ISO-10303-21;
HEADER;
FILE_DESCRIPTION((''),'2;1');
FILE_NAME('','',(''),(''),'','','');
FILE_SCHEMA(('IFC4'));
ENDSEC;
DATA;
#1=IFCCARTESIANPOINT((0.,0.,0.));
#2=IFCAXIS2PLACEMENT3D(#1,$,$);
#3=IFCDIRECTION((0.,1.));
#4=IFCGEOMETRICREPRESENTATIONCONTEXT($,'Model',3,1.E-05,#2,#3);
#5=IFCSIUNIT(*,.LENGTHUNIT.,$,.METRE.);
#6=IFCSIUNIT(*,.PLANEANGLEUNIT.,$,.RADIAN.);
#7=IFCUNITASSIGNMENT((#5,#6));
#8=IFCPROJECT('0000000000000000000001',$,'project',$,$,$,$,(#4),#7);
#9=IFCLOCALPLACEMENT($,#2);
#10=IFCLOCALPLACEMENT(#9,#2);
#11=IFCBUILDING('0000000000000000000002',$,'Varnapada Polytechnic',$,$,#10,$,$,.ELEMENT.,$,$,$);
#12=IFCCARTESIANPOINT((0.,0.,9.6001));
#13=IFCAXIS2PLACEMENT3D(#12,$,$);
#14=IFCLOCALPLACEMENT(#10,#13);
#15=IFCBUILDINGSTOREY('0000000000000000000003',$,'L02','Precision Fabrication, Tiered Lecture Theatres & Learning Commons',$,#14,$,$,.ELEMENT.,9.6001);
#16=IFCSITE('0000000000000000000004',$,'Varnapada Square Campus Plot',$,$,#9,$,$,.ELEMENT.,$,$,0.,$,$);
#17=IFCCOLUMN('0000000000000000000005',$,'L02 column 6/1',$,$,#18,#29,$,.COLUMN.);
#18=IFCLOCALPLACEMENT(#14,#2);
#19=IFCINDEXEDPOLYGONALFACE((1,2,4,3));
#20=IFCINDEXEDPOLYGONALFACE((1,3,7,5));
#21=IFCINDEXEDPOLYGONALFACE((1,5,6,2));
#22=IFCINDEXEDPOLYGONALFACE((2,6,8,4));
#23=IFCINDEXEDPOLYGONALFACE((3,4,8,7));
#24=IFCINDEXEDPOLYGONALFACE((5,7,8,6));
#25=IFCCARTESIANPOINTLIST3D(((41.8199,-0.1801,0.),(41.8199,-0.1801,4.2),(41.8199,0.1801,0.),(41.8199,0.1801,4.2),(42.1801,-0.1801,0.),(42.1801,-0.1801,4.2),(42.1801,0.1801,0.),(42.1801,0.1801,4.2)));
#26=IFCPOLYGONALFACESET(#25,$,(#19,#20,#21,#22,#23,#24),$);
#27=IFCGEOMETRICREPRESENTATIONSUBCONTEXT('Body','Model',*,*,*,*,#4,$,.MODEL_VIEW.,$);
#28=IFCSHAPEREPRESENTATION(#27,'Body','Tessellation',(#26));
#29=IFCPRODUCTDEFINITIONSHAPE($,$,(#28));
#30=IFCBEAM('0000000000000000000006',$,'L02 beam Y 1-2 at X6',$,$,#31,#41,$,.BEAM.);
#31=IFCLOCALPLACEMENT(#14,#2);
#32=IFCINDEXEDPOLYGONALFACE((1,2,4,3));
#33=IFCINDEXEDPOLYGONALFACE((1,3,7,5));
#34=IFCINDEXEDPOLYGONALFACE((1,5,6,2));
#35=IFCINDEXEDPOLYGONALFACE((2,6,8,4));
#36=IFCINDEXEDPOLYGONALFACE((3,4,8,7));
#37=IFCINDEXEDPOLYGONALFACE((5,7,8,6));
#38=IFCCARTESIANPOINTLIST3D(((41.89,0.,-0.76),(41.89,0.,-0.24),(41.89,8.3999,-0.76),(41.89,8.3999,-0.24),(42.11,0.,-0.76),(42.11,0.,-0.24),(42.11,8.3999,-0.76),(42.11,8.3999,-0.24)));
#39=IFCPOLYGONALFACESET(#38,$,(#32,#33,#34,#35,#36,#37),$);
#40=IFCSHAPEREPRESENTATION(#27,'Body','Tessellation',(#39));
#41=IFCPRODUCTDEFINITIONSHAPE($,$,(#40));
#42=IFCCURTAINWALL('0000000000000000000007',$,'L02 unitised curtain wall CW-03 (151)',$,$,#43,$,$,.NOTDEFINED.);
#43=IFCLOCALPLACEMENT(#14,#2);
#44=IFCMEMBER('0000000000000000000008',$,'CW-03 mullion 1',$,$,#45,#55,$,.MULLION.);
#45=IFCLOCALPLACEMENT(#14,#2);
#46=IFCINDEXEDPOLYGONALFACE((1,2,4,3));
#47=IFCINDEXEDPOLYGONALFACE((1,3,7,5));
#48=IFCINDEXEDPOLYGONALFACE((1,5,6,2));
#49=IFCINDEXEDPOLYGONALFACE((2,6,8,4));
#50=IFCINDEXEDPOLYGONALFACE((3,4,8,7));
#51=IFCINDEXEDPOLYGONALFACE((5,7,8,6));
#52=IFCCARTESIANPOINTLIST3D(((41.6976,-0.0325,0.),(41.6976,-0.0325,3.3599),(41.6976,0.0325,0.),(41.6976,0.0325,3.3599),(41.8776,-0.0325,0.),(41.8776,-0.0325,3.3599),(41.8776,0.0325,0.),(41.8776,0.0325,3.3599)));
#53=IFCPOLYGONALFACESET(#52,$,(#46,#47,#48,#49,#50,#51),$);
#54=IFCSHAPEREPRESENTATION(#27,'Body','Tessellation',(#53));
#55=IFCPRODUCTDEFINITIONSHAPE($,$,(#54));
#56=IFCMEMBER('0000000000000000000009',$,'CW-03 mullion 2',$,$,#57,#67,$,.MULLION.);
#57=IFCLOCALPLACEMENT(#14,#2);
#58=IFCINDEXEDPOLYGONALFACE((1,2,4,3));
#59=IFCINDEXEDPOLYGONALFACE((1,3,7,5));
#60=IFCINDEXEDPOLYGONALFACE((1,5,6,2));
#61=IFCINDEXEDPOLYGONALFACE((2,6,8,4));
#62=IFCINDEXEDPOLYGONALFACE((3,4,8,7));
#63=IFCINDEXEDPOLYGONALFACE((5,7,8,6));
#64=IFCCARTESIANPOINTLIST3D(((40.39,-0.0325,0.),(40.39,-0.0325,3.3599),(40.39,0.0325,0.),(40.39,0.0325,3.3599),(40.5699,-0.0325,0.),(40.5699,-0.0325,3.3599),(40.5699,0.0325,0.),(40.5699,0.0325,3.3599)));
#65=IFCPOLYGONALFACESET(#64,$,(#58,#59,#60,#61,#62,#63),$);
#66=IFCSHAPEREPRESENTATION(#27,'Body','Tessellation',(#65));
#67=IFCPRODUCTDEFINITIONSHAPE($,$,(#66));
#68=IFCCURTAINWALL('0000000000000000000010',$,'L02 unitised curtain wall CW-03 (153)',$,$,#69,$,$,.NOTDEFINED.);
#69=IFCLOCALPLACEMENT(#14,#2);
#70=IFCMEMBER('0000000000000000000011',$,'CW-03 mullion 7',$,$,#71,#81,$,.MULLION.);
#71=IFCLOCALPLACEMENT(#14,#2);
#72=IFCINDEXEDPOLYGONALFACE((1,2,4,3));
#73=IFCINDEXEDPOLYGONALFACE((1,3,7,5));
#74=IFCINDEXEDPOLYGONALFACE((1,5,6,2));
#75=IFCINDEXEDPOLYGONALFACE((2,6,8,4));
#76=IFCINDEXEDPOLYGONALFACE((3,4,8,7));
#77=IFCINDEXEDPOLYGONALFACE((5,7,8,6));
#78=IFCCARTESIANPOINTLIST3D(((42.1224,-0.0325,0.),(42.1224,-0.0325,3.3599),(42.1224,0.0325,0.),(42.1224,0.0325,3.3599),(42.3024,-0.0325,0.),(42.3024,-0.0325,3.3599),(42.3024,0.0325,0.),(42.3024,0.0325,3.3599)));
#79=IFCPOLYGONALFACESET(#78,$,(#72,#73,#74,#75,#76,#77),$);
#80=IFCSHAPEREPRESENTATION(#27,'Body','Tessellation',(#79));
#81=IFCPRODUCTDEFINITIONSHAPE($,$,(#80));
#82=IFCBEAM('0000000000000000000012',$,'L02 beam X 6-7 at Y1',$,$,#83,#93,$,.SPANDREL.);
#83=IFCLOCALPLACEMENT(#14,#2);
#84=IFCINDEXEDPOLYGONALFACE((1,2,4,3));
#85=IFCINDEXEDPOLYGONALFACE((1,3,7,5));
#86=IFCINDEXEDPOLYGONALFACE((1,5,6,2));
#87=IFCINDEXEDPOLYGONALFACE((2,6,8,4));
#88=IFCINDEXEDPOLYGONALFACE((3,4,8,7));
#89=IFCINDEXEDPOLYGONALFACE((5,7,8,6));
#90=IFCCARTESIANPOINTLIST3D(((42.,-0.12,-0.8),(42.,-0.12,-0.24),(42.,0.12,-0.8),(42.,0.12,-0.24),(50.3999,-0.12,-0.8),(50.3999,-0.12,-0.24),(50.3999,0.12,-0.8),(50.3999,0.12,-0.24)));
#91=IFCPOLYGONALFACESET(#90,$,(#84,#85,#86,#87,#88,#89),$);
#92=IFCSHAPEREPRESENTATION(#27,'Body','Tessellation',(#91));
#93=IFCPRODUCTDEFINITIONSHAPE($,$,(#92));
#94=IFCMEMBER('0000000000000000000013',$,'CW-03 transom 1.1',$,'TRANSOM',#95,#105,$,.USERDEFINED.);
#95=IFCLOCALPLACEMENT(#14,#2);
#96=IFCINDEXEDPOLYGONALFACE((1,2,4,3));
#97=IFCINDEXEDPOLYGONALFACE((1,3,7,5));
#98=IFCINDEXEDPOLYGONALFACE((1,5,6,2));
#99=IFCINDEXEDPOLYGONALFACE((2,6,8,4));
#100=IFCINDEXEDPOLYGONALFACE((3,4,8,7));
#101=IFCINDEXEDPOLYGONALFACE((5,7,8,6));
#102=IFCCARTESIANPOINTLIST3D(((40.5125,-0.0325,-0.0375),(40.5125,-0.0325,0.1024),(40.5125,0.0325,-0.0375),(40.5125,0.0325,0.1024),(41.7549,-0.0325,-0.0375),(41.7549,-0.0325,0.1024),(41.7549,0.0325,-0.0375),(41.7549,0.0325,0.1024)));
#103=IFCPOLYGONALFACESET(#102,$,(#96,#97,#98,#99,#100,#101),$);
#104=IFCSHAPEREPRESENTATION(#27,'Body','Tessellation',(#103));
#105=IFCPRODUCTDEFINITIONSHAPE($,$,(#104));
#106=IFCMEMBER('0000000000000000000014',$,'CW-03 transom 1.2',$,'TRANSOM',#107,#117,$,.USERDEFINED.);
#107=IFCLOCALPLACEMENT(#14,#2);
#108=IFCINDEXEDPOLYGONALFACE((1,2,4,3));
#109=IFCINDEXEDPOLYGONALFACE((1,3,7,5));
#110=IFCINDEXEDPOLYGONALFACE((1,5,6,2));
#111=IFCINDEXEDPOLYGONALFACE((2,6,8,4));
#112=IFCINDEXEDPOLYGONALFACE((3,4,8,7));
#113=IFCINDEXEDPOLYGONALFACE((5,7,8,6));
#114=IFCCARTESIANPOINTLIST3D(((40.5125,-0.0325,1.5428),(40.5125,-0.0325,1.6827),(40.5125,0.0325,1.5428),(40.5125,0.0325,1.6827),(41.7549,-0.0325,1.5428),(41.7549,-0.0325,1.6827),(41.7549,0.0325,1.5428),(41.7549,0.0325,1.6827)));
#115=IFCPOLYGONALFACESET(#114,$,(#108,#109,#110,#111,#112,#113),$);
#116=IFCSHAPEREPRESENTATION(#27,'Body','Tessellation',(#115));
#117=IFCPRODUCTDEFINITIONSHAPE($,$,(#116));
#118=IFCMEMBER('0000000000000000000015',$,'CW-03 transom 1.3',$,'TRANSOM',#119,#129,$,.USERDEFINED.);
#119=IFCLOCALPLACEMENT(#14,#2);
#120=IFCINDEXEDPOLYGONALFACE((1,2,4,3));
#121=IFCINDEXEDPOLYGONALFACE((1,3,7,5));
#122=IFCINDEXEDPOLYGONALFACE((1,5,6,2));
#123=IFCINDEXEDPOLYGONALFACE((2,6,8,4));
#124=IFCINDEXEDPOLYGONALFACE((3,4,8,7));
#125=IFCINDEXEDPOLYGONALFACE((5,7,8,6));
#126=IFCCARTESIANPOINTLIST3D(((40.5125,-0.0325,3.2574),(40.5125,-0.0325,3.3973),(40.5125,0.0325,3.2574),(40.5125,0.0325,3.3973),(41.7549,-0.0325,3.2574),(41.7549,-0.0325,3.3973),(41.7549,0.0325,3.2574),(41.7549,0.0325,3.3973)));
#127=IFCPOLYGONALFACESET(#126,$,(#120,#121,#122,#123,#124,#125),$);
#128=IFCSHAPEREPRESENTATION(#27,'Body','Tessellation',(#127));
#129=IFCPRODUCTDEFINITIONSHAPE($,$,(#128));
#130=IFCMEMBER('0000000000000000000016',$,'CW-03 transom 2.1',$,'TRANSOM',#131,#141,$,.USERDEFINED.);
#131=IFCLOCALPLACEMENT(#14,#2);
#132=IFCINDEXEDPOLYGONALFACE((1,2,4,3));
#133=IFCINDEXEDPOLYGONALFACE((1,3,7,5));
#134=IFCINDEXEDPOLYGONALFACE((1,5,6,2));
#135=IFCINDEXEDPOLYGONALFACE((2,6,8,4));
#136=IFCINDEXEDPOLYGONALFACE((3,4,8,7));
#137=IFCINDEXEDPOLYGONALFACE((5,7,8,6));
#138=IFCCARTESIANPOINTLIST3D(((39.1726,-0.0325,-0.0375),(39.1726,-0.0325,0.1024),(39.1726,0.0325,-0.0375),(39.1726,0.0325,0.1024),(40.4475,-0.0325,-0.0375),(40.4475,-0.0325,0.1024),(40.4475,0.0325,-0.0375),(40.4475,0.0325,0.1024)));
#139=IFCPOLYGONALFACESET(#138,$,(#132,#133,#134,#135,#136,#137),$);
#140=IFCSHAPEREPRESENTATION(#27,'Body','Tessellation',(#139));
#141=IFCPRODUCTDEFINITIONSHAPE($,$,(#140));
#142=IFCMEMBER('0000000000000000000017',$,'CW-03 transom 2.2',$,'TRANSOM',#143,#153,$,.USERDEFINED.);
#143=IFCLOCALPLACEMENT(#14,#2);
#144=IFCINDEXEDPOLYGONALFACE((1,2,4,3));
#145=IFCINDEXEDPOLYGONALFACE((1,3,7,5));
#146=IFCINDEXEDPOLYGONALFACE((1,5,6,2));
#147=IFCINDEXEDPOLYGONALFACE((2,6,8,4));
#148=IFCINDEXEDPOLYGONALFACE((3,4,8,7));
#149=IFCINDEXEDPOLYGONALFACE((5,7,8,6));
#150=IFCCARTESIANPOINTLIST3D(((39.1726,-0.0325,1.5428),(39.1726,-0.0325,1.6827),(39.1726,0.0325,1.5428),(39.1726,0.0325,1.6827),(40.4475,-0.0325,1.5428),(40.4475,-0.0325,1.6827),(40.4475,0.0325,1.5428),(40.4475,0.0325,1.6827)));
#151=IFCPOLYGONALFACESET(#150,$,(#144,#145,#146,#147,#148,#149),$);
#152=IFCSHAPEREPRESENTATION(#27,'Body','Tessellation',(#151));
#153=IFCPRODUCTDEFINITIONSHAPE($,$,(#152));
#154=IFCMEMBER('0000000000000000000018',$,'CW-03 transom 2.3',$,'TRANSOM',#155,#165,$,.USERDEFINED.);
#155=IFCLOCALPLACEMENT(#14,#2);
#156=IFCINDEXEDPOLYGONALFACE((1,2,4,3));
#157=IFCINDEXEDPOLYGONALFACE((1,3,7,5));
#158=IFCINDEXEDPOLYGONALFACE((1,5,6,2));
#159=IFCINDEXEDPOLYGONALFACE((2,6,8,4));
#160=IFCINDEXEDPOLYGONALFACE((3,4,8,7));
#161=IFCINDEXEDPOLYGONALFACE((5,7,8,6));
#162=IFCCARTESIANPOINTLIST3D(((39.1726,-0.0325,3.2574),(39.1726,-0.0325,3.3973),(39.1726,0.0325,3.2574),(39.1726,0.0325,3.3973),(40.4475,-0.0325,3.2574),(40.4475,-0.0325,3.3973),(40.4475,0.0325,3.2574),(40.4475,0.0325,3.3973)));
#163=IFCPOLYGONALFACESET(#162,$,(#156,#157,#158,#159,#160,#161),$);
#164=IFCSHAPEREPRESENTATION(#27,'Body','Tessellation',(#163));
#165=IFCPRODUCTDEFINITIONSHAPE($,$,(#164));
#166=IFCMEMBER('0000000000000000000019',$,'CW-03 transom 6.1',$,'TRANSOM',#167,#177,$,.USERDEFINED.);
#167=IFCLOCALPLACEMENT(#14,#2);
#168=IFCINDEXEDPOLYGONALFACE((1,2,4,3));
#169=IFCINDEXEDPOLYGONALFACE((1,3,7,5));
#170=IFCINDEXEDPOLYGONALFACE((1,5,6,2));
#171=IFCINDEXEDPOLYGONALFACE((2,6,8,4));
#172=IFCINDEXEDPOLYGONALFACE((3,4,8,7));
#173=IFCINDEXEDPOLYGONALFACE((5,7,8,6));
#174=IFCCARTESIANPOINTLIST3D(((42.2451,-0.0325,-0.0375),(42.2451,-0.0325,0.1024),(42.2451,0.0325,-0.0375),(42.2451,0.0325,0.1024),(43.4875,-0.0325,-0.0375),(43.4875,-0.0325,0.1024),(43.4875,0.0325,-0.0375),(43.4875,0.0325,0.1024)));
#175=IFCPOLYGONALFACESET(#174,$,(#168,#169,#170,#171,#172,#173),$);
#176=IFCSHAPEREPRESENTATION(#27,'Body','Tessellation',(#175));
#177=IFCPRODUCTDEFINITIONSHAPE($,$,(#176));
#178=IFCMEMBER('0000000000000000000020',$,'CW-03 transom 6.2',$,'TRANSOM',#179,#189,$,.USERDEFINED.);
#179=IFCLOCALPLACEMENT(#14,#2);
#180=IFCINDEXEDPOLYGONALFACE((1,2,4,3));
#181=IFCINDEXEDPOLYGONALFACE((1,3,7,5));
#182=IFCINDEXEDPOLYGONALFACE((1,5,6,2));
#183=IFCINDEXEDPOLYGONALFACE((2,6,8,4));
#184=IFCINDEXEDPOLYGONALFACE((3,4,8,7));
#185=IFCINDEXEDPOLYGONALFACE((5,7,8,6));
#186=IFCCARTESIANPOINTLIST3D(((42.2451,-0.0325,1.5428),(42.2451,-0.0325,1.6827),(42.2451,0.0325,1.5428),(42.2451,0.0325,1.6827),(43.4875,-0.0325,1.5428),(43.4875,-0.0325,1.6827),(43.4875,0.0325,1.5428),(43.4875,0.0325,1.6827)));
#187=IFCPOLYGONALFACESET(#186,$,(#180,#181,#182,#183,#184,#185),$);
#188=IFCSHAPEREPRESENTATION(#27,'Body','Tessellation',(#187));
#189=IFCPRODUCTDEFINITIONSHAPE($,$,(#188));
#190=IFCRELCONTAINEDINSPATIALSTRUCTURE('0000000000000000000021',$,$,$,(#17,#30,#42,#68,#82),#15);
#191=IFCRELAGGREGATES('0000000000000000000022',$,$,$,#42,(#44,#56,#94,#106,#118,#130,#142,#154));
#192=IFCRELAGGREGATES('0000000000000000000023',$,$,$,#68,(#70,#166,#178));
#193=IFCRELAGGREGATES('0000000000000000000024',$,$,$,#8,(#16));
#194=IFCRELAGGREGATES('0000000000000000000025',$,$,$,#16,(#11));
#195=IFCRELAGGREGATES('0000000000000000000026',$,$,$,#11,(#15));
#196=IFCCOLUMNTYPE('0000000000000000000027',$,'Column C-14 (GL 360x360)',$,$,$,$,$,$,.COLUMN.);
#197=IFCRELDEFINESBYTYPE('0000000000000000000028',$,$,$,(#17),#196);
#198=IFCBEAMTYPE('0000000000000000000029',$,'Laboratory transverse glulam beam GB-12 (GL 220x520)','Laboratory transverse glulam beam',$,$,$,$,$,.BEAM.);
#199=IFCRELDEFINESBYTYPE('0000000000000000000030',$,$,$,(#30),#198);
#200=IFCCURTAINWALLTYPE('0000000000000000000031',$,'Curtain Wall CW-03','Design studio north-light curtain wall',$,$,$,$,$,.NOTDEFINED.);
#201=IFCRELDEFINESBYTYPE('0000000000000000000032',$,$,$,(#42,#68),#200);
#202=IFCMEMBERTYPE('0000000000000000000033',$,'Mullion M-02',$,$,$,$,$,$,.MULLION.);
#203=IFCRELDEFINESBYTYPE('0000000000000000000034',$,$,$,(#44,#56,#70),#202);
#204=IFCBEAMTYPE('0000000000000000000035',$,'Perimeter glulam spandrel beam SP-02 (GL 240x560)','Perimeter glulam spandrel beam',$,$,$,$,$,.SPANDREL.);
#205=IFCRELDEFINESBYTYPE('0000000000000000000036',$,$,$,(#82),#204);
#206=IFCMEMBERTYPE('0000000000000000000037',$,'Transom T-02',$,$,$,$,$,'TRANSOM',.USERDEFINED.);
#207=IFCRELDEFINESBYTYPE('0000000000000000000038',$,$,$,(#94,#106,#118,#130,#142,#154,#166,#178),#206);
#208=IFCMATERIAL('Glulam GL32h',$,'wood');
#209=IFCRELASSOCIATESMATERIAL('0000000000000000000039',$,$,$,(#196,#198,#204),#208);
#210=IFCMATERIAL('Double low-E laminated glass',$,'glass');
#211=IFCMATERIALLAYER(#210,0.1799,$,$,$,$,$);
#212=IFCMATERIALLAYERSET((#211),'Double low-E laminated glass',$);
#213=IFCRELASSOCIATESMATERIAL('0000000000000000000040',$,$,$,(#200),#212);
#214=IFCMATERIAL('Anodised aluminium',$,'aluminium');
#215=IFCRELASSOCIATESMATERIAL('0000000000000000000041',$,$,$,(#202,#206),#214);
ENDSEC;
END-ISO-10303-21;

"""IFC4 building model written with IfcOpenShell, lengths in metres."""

from ifc_helpers import new_model, si_unit, direction, frame, origin, origin_2d, place, context, subcontext, project, spatial, rectangle, extrude, material, layer, layer_set, material_profile, profile_set, type_object, element, aggregate, save


model = new_model("IFC4")

# Units and contexts
model_context = context("Model", 3, precision=1e-05, world=origin(), true_north=direction((0.0, 1.0)))
body_context = subcontext(model_context, "Body", "Model", "MODEL_VIEW")
ifc_project = project(units=[si_unit("LENGTHUNIT", "METRE"), si_unit("PLANEANGLEUNIT", "RADIAN")], contexts=[model_context])

# Site, building, storey
site_placement = place(None, origin())
site = spatial("IfcSite", under=ifc_project, at=site_placement, Name="Varnapada Square Campus Plot", CompositionType="ELEMENT", RefElevation=0.0)
building_placement = place(site_placement, origin())
building = spatial("IfcBuilding", under=site, at=building_placement, Name="Varnapada Polytechnic", CompositionType="ELEMENT")
storey_placement = place(building_placement, frame((0.0, 0.0, 9.6001)))
storey = spatial("IfcBuildingStorey", under=building, at=storey_placement, Name="L02", Description="Precision Fabrication, Tiered Lecture Theatres & Learning Commons", CompositionType="ELEMENT", Elevation=9.6001)

# Column
ifc_material_1 = material(Name="Glulam GL32h", Category="wood")
ifc_material_profile_1 = material_profile(ifc_material_1, rectangle(XDim=0.3601, YDim=0.3601, at=origin_2d()), Name="GL 360x360")
ifc_profile_set_1 = profile_set([ifc_material_profile_1], Name="Glulam GL32h")
column_type = type_object("IfcColumnType", Name="Column C-14 (GL 360x360)", PredefinedType="COLUMN", material=ifc_profile_set_1)
column_placement = place(storey_placement, frame((42.0, 0.0, 0.0), z_axis=(0.0, 0.0, 1.0), x_axis=(1.0, 0.0, 0.0)))
element("IfcColumn", 1, at=column_placement, inside=storey, type_object=column_type, Name="L02 column 6/1", PredefinedType="COLUMN", context=body_context, shape_type="SweptSolid", body=[
    extrude(rectangle(XDim=0.3601, YDim=0.3601, at=origin_2d()), origin(), (0.0, 0.0, 1.0), 4.2),
])

# Beam
ifc_material_profile_2 = material_profile(ifc_material_1, rectangle(XDim=0.22, YDim=0.52, at=origin_2d()), Name="GL 220x520")
ifc_profile_set_2 = profile_set([ifc_material_profile_2], Name="Glulam GL32h")
beam_type_1 = type_object("IfcBeamType", Name="Laboratory transverse glulam beam GB-12 (GL 220x520)", Description="Laboratory transverse glulam beam", PredefinedType="BEAM", material=ifc_profile_set_2)
beam_1_placement = place(storey_placement, frame((42.0, 0.0, -0.5), z_axis=(0.0, 1.0, 0.0), x_axis=(-1.0, 0.0, 0.0)))
element("IfcBeam", 2, at=beam_1_placement, inside=storey, type_object=beam_type_1, Name="L02 beam Y 1-2 at X6", PredefinedType="BEAM", context=body_context, shape_type="SweptSolid", body=[
    extrude(rectangle(XDim=0.22, YDim=0.52, at=origin_2d()), origin(), (0.0, 0.0, 1.0), 8.3999),
])

# Curtain wall, members
ifc_material_2 = material(Name="Double low-E laminated glass", Category="glass")
ifc_layer_1 = layer(ifc_material_2, 0.1799)
ifc_layer_set_1 = layer_set([ifc_layer_1], Name="Double low-E laminated glass")
curtain_wall_type = type_object("IfcCurtainWallType", Name="Curtain Wall CW-03", Description="Design studio north-light curtain wall", PredefinedType="NOTDEFINED", material=ifc_layer_set_1)
curtain_wall_1_placement = place(storey_placement, origin())
curtain_wall_1 = element("IfcCurtainWall", 3, at=curtain_wall_1_placement, inside=storey, type_object=curtain_wall_type, Name="L02 unitised curtain wall CW-03 (151)", PredefinedType="NOTDEFINED")
ifc_material_3 = material(Name="Anodised aluminium", Category="aluminium")
ifc_material_profile_3 = material_profile(ifc_material_3, rectangle(XDim=0.0649, YDim=0.1799, at=origin_2d()), Name="ALU M65x180")
ifc_profile_set_3 = profile_set([ifc_material_profile_3], Name="Anodised aluminium")
member_type_1 = type_object("IfcMemberType", Name="Mullion M-02", PredefinedType="MULLION", material=ifc_profile_set_3)
member_1_placement = place(storey_placement, frame((41.7876, 0.0, 0.0), z_axis=(0.0, 0.0, 1.0), x_axis=(0.0, -1.0, 0.0)))
member_1 = element("IfcMember", 4, at=member_1_placement, type_object=member_type_1, Name="CW-03 mullion 1", PredefinedType="MULLION", context=body_context, shape_type="SweptSolid", body=[
    extrude(rectangle(XDim=0.0649, YDim=0.1799, at=origin_2d()), origin(), (0.0, 0.0, 1.0), 3.3599),
])
member_2_placement = place(storey_placement, frame((40.48, 0.0, 0.0), z_axis=(0.0, 0.0, 1.0), x_axis=(0.0, -1.0, 0.0)))
member_2 = element("IfcMember", 5, at=member_2_placement, type_object=member_type_1, Name="CW-03 mullion 2", PredefinedType="MULLION", context=body_context, shape_type="SweptSolid", body=[
    extrude(rectangle(XDim=0.0649, YDim=0.1799, at=origin_2d()), origin(), (0.0, 0.0, 1.0), 3.3599),
])

# Curtain wall, member
curtain_wall_2_placement = place(storey_placement, origin())
curtain_wall_2 = element("IfcCurtainWall", 6, at=curtain_wall_2_placement, inside=storey, type_object=curtain_wall_type, Name="L02 unitised curtain wall CW-03 (153)", PredefinedType="NOTDEFINED")
member_3_placement = place(storey_placement, frame((42.2124, 0.0, 0.0), z_axis=(0.0, 0.0, 1.0), x_axis=(0.0, -1.0, 0.0)))
member_3 = element("IfcMember", 7, at=member_3_placement, type_object=member_type_1, Name="CW-03 mullion 7", PredefinedType="MULLION", context=body_context, shape_type="SweptSolid", body=[
    extrude(rectangle(XDim=0.0649, YDim=0.1799, at=origin_2d()), origin(), (0.0, 0.0, 1.0), 3.3599),
])

# Beam
ifc_material_profile_4 = material_profile(ifc_material_1, rectangle(XDim=0.24, YDim=0.5601, at=origin_2d()), Name="GL 240x560")
ifc_profile_set_4 = profile_set([ifc_material_profile_4], Name="Glulam GL32h")
beam_type_2 = type_object("IfcBeamType", Name="Perimeter glulam spandrel beam SP-02 (GL 240x560)", Description="Perimeter glulam spandrel beam", PredefinedType="SPANDREL", material=ifc_profile_set_4)
beam_2_placement = place(storey_placement, frame((42.0, 0.0, -0.52), z_axis=(1.0, 0.0, 0.0), x_axis=(0.0, 1.0, 0.0)))
element("IfcBeam", 8, at=beam_2_placement, inside=storey, type_object=beam_type_2, Name="L02 beam X 6-7 at Y1", PredefinedType="SPANDREL", context=body_context, shape_type="SweptSolid", body=[
    extrude(rectangle(XDim=0.24, YDim=0.5601, at=origin_2d()), origin(), (0.0, 0.0, 1.0), 8.3999),
])

# Members
ifc_material_profile_5 = material_profile(ifc_material_3, rectangle(XDim=0.0649, YDim=0.1399, at=origin_2d()), Name="ALU T65x140")
ifc_profile_set_5 = profile_set([ifc_material_profile_5], Name="Anodised aluminium")
member_type_2 = type_object("IfcMemberType", Name="Transom T-02", ElementType="TRANSOM", PredefinedType="USERDEFINED", material=ifc_profile_set_5)
member_4_placement = place(storey_placement, frame((41.7549, 0.0, 0.0325), z_axis=(-1.0, 0.0, 0.0), x_axis=(0.0, -1.0, 0.0)))
member_4 = element("IfcMember", 9, at=member_4_placement, type_object=member_type_2, Name="CW-03 transom 1.1", ObjectType="TRANSOM", PredefinedType="USERDEFINED", context=body_context, shape_type="SweptSolid", body=[
    extrude(rectangle(XDim=0.0649, YDim=0.1399, at=origin_2d()), origin(), (0.0, 0.0, 1.0), 1.2424),
])
member_5_placement = place(storey_placement, frame((41.7549, 0.0, 1.6128), z_axis=(-1.0, 0.0, 0.0), x_axis=(0.0, -1.0, 0.0)))
member_5 = element("IfcMember", 10, at=member_5_placement, type_object=member_type_2, Name="CW-03 transom 1.2", ObjectType="TRANSOM", PredefinedType="USERDEFINED", context=body_context, shape_type="SweptSolid", body=[
    extrude(rectangle(XDim=0.0649, YDim=0.1399, at=origin_2d()), origin(), (0.0, 0.0, 1.0), 1.2424),
])
member_6_placement = place(storey_placement, frame((41.7549, 0.0, 3.3274), z_axis=(-1.0, 0.0, 0.0), x_axis=(0.0, -1.0, 0.0)))
member_6 = element("IfcMember", 11, at=member_6_placement, type_object=member_type_2, Name="CW-03 transom 1.3", ObjectType="TRANSOM", PredefinedType="USERDEFINED", context=body_context, shape_type="SweptSolid", body=[
    extrude(rectangle(XDim=0.0649, YDim=0.1399, at=origin_2d()), origin(), (0.0, 0.0, 1.0), 1.2424),
])
member_7_placement = place(storey_placement, frame((40.4475, 0.0, 0.0325), z_axis=(-1.0, 0.0, 0.0), x_axis=(0.0, -1.0, 0.0)))
member_7 = element("IfcMember", 12, at=member_7_placement, type_object=member_type_2, Name="CW-03 transom 2.1", ObjectType="TRANSOM", PredefinedType="USERDEFINED", context=body_context, shape_type="SweptSolid", body=[
    extrude(rectangle(XDim=0.0649, YDim=0.1399, at=origin_2d()), origin(), (0.0, 0.0, 1.0), 1.2749),
])
member_8_placement = place(storey_placement, frame((40.4475, 0.0, 1.6128), z_axis=(-1.0, 0.0, 0.0), x_axis=(0.0, -1.0, 0.0)))
member_8 = element("IfcMember", 13, at=member_8_placement, type_object=member_type_2, Name="CW-03 transom 2.2", ObjectType="TRANSOM", PredefinedType="USERDEFINED", context=body_context, shape_type="SweptSolid", body=[
    extrude(rectangle(XDim=0.0649, YDim=0.1399, at=origin_2d()), origin(), (0.0, 0.0, 1.0), 1.2749),
])
member_9_placement = place(storey_placement, frame((40.4475, 0.0, 3.3274), z_axis=(-1.0, 0.0, 0.0), x_axis=(0.0, -1.0, 0.0)))
member_9 = element("IfcMember", 14, at=member_9_placement, type_object=member_type_2, Name="CW-03 transom 2.3", ObjectType="TRANSOM", PredefinedType="USERDEFINED", context=body_context, shape_type="SweptSolid", body=[
    extrude(rectangle(XDim=0.0649, YDim=0.1399, at=origin_2d()), origin(), (0.0, 0.0, 1.0), 1.2749),
])
member_10_placement = place(storey_placement, frame((43.4875, 0.0, 0.0325), z_axis=(-1.0, 0.0, 0.0), x_axis=(0.0, -1.0, 0.0)))
member_10 = element("IfcMember", 15, at=member_10_placement, type_object=member_type_2, Name="CW-03 transom 6.1", ObjectType="TRANSOM", PredefinedType="USERDEFINED", context=body_context, shape_type="SweptSolid", body=[
    extrude(rectangle(XDim=0.0649, YDim=0.1399, at=origin_2d()), origin(), (0.0, 0.0, 1.0), 1.2424),
])
member_11_placement = place(storey_placement, frame((43.4875, 0.0, 1.6128), z_axis=(-1.0, 0.0, 0.0), x_axis=(0.0, -1.0, 0.0)))
member_11 = element("IfcMember", 16, at=member_11_placement, type_object=member_type_2, Name="CW-03 transom 6.2", ObjectType="TRANSOM", PredefinedType="USERDEFINED", context=body_context, shape_type="SweptSolid", body=[
    extrude(rectangle(XDim=0.0649, YDim=0.1399, at=origin_2d()), origin(), (0.0, 0.0, 1.0), 1.2424),
])

aggregate(curtain_wall_1, [member_1, member_2, member_4, member_5, member_6, member_7, member_8, member_9])
aggregate(curtain_wall_2, [member_3, member_10, member_11])

save(model, "model.ifc")
